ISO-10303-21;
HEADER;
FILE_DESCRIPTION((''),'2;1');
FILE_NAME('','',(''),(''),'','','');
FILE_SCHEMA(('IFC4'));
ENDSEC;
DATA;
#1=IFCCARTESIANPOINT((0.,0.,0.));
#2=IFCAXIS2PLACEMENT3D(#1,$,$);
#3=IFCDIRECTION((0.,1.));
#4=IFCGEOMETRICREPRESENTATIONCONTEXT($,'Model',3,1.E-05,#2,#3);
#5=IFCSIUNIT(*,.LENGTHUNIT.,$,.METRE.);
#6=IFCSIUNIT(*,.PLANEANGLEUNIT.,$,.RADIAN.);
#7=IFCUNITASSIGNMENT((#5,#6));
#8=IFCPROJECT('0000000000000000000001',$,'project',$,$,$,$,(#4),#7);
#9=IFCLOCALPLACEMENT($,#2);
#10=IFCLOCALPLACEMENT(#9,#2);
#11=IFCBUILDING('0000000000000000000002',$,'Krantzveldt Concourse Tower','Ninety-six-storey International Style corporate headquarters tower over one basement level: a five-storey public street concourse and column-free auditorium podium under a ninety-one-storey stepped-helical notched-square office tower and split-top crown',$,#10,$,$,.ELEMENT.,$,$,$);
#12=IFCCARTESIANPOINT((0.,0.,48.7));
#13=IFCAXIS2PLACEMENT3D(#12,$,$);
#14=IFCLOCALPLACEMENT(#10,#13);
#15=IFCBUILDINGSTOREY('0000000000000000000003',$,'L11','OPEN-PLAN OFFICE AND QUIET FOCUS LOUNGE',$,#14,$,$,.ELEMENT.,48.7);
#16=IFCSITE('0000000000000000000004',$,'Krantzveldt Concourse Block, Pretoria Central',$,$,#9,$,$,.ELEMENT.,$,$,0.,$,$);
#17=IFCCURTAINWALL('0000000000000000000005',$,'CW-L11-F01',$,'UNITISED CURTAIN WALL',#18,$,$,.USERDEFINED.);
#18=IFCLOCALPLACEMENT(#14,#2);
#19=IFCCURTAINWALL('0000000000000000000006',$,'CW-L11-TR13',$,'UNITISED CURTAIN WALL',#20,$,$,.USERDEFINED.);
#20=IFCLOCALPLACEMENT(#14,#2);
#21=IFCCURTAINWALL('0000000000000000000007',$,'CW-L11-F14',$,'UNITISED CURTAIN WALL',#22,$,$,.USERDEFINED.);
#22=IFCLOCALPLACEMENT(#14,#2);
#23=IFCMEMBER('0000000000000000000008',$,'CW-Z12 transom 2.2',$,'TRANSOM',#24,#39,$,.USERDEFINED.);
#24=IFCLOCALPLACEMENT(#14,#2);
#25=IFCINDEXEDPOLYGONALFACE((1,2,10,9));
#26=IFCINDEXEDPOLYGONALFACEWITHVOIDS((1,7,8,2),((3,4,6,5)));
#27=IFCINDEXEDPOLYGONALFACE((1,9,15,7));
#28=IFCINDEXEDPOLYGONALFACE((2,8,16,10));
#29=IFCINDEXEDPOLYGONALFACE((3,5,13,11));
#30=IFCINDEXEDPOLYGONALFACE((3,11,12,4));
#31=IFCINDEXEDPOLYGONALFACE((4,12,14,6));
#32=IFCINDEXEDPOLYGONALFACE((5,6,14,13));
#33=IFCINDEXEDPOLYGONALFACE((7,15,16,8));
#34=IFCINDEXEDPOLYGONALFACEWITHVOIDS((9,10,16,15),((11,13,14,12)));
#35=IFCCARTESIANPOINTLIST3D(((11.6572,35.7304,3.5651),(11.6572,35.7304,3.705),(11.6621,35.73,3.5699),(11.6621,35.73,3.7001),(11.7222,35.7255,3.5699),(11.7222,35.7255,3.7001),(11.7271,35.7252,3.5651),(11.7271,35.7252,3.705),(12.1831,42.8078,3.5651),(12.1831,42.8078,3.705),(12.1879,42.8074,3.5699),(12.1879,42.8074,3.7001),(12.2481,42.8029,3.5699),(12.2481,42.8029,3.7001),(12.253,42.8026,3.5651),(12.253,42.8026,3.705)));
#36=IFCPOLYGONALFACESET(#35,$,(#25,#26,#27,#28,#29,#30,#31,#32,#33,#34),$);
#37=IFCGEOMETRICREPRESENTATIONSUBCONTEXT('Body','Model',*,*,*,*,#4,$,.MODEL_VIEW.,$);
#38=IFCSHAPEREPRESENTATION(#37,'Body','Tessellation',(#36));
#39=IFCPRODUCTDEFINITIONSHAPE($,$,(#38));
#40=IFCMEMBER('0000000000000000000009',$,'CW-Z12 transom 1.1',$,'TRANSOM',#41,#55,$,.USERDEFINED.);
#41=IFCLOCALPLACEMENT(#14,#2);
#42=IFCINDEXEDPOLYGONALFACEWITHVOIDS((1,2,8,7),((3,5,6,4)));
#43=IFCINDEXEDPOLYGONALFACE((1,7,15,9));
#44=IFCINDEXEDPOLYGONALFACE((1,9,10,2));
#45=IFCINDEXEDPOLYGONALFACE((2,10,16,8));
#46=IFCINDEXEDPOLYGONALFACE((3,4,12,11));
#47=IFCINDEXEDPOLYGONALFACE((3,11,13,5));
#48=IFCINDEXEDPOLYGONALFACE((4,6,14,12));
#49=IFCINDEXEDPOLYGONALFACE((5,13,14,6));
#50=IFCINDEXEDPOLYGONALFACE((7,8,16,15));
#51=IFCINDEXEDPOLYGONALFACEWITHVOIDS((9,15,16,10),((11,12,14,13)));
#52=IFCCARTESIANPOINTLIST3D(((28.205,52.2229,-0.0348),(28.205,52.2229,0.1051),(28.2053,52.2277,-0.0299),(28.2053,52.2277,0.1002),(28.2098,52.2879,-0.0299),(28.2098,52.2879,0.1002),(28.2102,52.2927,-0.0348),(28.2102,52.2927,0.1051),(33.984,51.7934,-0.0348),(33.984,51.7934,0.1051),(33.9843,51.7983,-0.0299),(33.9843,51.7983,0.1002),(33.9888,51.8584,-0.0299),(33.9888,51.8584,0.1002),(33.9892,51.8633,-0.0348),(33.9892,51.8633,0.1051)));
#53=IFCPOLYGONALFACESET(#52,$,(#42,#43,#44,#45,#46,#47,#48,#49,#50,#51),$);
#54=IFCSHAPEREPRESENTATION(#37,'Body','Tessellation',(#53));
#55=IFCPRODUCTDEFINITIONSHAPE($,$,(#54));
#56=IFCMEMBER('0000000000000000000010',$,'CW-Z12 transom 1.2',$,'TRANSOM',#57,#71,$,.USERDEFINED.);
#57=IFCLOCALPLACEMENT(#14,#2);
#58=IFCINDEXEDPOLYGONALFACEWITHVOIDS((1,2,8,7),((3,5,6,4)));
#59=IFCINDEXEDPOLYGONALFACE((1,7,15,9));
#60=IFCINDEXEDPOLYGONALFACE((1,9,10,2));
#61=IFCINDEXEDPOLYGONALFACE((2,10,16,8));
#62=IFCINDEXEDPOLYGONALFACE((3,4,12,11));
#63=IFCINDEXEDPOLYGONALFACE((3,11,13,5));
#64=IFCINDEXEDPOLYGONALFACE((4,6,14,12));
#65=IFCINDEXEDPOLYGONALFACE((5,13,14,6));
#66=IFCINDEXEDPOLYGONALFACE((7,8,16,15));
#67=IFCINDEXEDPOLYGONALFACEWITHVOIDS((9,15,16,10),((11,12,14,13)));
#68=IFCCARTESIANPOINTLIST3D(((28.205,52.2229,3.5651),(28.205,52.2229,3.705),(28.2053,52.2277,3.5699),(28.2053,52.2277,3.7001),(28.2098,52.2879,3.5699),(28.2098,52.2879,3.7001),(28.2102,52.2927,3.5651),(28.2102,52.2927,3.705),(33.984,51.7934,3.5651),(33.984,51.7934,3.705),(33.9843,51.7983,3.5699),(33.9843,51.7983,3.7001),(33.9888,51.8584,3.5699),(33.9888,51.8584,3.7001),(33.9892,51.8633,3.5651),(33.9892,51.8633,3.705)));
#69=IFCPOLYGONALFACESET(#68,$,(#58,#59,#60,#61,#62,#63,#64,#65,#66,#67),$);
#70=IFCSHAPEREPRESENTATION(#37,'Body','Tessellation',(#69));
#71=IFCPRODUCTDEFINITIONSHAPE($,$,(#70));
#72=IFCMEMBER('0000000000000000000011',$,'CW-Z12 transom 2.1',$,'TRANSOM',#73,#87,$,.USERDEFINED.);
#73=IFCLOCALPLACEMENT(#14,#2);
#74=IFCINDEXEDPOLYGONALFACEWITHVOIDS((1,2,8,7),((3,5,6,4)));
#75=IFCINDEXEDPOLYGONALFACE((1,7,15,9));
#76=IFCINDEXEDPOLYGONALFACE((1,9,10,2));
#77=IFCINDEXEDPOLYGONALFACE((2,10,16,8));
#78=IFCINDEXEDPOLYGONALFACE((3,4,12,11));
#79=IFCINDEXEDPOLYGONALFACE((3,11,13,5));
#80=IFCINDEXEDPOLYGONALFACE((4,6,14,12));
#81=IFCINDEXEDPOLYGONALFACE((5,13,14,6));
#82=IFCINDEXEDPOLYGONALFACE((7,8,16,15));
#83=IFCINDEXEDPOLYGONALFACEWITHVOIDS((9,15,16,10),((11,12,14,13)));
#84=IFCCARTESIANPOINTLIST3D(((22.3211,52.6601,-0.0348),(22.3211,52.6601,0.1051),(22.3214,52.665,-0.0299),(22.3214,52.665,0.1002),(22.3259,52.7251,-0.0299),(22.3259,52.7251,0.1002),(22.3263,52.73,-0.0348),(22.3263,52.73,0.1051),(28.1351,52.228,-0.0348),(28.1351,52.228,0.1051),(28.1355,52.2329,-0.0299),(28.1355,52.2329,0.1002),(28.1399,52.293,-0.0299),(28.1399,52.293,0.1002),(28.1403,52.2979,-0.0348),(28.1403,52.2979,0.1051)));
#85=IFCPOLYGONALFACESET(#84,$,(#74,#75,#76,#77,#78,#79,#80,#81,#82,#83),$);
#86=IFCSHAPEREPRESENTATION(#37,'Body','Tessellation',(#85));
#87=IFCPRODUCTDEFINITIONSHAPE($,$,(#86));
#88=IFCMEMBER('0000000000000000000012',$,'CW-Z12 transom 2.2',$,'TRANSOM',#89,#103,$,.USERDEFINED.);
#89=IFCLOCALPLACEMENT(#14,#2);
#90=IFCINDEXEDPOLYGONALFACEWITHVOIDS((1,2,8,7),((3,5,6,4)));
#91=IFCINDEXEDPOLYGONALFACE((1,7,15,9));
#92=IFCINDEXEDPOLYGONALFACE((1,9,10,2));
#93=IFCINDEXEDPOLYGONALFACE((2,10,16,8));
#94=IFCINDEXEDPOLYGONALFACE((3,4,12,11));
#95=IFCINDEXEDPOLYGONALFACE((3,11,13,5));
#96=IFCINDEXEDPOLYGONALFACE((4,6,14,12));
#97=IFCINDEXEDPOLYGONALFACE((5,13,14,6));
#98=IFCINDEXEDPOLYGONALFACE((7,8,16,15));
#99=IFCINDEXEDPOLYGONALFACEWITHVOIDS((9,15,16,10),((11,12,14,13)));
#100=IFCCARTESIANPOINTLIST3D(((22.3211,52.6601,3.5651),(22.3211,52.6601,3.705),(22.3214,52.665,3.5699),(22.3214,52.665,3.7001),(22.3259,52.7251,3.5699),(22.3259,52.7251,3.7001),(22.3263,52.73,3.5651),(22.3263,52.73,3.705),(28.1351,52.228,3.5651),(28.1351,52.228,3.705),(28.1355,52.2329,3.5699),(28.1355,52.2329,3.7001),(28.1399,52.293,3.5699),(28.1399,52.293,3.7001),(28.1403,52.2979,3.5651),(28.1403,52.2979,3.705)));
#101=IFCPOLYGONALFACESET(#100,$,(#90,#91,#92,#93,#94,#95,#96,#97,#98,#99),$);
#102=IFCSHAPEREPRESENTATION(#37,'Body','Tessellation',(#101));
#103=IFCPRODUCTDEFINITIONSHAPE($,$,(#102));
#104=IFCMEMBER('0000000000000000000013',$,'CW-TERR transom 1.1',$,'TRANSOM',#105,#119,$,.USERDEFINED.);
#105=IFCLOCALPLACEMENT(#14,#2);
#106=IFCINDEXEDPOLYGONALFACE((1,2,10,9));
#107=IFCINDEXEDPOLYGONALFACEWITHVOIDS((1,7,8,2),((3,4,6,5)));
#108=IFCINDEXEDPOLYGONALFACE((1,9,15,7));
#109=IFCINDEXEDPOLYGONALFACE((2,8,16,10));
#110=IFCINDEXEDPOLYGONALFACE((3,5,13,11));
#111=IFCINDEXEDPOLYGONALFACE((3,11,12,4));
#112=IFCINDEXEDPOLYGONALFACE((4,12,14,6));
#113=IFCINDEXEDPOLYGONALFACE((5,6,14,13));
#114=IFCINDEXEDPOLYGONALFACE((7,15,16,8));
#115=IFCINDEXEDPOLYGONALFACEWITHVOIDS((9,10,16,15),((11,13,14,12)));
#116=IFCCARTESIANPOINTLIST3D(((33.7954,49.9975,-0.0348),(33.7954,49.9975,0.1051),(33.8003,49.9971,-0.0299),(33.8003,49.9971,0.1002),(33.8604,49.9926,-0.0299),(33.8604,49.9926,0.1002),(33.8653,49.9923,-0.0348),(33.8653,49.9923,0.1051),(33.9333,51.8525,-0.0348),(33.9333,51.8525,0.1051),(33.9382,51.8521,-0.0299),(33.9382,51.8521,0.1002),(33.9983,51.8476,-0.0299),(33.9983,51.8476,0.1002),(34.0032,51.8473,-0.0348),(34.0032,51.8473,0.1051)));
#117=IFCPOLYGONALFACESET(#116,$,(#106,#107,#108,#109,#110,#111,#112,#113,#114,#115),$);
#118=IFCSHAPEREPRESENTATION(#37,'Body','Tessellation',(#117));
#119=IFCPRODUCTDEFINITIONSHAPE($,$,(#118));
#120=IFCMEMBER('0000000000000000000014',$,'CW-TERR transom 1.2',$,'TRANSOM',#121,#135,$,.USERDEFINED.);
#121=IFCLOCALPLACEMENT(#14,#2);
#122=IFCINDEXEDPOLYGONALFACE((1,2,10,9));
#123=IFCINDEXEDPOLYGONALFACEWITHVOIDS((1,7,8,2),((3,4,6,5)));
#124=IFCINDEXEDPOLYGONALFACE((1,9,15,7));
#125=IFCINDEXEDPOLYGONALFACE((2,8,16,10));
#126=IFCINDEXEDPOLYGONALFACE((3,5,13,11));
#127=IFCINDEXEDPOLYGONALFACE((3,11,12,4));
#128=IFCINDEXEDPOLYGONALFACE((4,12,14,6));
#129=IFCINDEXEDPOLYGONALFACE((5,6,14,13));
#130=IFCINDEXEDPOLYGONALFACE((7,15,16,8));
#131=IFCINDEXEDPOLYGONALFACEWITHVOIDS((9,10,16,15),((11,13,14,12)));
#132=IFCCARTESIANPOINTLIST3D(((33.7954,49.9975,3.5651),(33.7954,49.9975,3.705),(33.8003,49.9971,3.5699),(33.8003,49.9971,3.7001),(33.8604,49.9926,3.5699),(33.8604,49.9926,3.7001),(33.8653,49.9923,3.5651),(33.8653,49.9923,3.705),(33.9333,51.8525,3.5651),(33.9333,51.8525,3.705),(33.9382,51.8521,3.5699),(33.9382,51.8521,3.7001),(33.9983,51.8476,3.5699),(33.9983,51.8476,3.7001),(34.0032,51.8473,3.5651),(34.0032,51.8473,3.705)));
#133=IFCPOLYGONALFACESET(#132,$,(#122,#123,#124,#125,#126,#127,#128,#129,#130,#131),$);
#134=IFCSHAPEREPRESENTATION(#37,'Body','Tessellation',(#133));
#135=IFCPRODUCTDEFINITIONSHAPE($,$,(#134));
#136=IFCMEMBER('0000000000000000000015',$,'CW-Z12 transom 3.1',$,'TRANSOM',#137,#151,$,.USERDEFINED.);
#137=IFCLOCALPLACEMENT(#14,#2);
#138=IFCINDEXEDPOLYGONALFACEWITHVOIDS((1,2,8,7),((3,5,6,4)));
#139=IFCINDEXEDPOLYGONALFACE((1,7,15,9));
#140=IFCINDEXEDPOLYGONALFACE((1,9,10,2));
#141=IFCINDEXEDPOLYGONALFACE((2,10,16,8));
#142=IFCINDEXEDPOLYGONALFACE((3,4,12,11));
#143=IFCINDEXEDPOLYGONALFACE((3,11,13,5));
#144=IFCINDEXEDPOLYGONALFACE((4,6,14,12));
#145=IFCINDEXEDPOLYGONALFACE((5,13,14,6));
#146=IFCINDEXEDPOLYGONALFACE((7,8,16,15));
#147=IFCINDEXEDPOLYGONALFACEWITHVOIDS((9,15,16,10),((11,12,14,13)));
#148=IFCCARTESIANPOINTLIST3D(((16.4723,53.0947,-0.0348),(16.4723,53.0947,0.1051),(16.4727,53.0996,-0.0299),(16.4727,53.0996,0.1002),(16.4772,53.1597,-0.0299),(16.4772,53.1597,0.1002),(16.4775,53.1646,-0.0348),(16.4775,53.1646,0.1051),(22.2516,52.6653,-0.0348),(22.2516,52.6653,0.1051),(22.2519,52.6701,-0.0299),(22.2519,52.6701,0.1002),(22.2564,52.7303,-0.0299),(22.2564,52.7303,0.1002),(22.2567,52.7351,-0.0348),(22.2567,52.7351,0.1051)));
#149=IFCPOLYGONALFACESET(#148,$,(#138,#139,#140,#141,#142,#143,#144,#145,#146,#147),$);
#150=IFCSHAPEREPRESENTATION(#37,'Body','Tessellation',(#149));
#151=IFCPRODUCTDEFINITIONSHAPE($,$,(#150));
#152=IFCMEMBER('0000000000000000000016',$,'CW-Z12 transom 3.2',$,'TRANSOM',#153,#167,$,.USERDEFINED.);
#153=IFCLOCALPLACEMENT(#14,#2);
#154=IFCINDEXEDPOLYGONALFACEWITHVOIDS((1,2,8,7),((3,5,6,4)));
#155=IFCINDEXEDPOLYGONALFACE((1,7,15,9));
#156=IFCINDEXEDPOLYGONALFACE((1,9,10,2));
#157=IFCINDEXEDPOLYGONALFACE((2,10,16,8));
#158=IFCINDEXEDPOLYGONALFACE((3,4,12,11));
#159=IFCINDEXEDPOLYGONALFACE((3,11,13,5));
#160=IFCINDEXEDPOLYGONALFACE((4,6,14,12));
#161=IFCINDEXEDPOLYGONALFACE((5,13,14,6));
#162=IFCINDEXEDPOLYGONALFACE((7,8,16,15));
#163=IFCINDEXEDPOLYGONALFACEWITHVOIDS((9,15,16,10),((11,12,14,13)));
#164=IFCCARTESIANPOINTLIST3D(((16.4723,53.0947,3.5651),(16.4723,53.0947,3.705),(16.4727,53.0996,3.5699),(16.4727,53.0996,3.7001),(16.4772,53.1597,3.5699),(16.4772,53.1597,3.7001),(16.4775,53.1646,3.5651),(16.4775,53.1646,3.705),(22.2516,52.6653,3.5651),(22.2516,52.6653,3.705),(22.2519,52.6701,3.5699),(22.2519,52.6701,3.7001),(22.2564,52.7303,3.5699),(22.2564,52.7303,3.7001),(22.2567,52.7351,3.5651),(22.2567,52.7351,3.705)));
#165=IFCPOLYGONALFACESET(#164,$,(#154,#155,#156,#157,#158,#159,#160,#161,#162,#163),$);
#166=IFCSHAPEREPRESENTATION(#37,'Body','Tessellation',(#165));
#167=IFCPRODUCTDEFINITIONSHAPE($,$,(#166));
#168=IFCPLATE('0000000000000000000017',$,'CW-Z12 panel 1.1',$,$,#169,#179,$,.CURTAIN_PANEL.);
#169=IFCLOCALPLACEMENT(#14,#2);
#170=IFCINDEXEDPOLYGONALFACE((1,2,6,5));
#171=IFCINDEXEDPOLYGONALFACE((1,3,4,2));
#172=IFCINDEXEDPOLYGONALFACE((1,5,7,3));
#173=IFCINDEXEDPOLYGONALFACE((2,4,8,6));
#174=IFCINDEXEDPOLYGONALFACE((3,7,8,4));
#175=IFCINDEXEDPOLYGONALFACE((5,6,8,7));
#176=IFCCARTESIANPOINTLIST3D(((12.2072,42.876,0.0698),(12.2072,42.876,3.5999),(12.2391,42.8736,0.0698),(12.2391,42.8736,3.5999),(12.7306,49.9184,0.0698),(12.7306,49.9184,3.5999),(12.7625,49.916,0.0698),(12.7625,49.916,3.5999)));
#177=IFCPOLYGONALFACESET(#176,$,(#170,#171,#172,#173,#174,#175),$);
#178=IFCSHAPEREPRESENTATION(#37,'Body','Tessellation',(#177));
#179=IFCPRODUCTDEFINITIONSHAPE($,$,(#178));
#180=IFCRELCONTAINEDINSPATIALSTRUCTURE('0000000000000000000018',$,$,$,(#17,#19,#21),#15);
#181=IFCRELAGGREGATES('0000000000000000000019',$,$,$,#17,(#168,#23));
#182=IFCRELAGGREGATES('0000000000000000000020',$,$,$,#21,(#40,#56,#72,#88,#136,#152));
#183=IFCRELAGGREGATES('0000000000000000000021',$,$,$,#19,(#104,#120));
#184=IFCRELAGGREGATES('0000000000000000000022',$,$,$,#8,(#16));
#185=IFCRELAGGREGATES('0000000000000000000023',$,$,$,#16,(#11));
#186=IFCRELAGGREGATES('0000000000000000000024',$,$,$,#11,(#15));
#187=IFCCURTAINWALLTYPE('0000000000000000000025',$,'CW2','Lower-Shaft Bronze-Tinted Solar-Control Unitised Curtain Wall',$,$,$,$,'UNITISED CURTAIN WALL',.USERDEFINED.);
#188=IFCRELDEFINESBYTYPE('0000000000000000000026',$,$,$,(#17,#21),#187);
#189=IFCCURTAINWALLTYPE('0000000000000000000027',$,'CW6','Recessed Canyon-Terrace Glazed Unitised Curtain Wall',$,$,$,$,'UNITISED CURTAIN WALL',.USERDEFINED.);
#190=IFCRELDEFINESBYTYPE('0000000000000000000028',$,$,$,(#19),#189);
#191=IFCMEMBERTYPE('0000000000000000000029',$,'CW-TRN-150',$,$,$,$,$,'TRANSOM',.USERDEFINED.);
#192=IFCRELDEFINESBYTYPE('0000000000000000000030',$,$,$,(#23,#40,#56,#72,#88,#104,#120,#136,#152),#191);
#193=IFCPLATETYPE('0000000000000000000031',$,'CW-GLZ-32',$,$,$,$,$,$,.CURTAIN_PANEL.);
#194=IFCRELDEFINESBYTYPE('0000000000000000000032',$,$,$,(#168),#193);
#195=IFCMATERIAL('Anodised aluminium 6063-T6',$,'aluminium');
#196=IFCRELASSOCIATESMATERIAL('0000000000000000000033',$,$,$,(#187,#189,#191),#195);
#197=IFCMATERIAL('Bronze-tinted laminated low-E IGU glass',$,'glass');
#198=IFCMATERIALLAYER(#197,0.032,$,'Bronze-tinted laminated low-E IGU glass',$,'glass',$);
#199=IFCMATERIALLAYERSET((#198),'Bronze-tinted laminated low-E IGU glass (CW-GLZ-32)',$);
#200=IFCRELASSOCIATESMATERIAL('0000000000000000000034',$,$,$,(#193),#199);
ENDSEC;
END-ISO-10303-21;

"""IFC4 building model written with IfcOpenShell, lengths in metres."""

from ifc_helpers import new_model, si_unit, direction, frame, origin, origin_2d, place, context, subcontext, project, spatial, rectangle, hollow_rectangle, extrude, source, transform, mapped, material, layer, layer_set, material_profile, profile_set, type_object, element, aggregate, save


model = new_model("IFC4")

# Units and contexts
model_context = context("Model", 3, precision=1e-05, world=origin(), true_north=direction((0.0, 1.0)))
body_context = subcontext(model_context, "Body", "Model", "MODEL_VIEW")
ifc_project = project(units=[si_unit("LENGTHUNIT", "METRE"), si_unit("PLANEANGLEUNIT", "RADIAN")], contexts=[model_context])

# Site, building, storey
site_placement = place(None, origin())
site = spatial("IfcSite", under=ifc_project, at=site_placement, Name="Krantzveldt Concourse Block, Pretoria Central", CompositionType="ELEMENT", RefElevation=0.0)
building_placement = place(site_placement, origin())
building = spatial("IfcBuilding", under=site, at=building_placement, Name="Krantzveldt Concourse Tower", Description="Ninety-six-storey International Style corporate headquarters tower over one basement level: a five-storey public street concourse and column-free auditorium podium under a ninety-one-storey stepped-helical notched-square office tower and split-top crown", CompositionType="ELEMENT")
storey_placement = place(building_placement, frame((0.0, 0.0, 48.7)))
storey = spatial("IfcBuildingStorey", under=building, at=storey_placement, Name="L11", Description="OPEN-PLAN OFFICE AND QUIET FOCUS LOUNGE", CompositionType="ELEMENT", Elevation=48.7)

# Curtain walls
ifc_material_1 = material(Name="Anodised aluminium 6063-T6", Category="aluminium")
curtain_wall_type_1 = type_object("IfcCurtainWallType", Name="CW2", Description="Lower-Shaft Bronze-Tinted Solar-Control Unitised Curtain Wall", ElementType="UNITISED CURTAIN WALL", PredefinedType="USERDEFINED", material=ifc_material_1)
curtain_wall_1_placement = place(storey_placement, origin())
curtain_wall_1 = element("IfcCurtainWall", 1, at=curtain_wall_1_placement, inside=storey, type_object=curtain_wall_type_1, Name="CW-L11-F01", ObjectType="UNITISED CURTAIN WALL", PredefinedType="USERDEFINED")
ifc_material_profile_1 = material_profile(ifc_material_1, hollow_rectangle(XDim=0.0701, YDim=0.1399, WallThickness=0.0049, at=origin_2d()), Name="Anodised aluminium 6063-T6", Category="aluminium")
ifc_profile_set_1 = profile_set([ifc_material_profile_1], Name="Anodised aluminium 6063-T6 - ALU-TRAN 140x70x5")
member_type_1 = type_object("IfcMemberType", Name="CW-TRN-150", ElementType="TRANSOM", PredefinedType="USERDEFINED", material=ifc_profile_set_1)
curtain_wall_type_2 = type_object("IfcCurtainWallType", Name="CW6", Description="Recessed Canyon-Terrace Glazed Unitised Curtain Wall", ElementType="UNITISED CURTAIN WALL", PredefinedType="USERDEFINED", material=ifc_material_1)
curtain_wall_2_placement = place(storey_placement, origin())
curtain_wall_2 = element("IfcCurtainWall", 2, at=curtain_wall_2_placement, inside=storey, type_object=curtain_wall_type_2, Name="CW-L11-TR13", ObjectType="UNITISED CURTAIN WALL", PredefinedType="USERDEFINED")
curtain_wall_3_placement = place(storey_placement, origin())
curtain_wall_3 = element("IfcCurtainWall", 3, at=curtain_wall_3_placement, inside=storey, type_object=curtain_wall_type_1, Name="CW-L11-F14", ObjectType="UNITISED CURTAIN WALL", PredefinedType="USERDEFINED")

# Members
shared_shape_1 = source(origin(), body_context, "Body", "SweptSolid", [
    extrude(hollow_rectangle(XDim=0.0701, YDim=0.1399, WallThickness=0.0049, at=origin_2d()), origin(), (0.0, 0.0, 1.0), 7.0969),
])
member_1_placement = place(storey_placement, frame((12.218, 42.8052, 3.635), z_axis=(-0.0741, -0.997251, 0.0), x_axis=(0.997251, -0.0741, 0.0)))
member_1 = element("IfcMember", 4, at=member_1_placement, type_object=member_type_1, Name="CW-Z12 transom 2.2", ObjectType="TRANSOM", PredefinedType="USERDEFINED", context=body_context, shape_type="MappedRepresentation", body=[
    mapped(shared_shape_1, transform((0.0, 0.0, 0.0), x_axis=(1.0, 0.0, 0.0), y_axis=(0.0, 1.0, 0.0), z_axis=(0.0, 0.0, 1.0), scale=1.0)),
])
shared_shape_2 = source(origin(), body_context, "Body", "SweptSolid", [
    extrude(hollow_rectangle(XDim=0.0701, YDim=0.1399, WallThickness=0.0049, at=origin_2d()), origin(), (0.0, 0.0, 1.0), 5.7949),
])
member_2_placement = place(storey_placement, frame((33.9866, 51.8284, 0.0352), z_axis=(-0.99725, 0.074106, 0.0), x_axis=(-0.074106, -0.99725, 0.0)))
member_2 = element("IfcMember", 5, at=member_2_placement, type_object=member_type_1, Name="CW-Z12 transom 1.1", ObjectType="TRANSOM", PredefinedType="USERDEFINED", context=body_context, shape_type="MappedRepresentation", body=[
    mapped(shared_shape_2, transform((0.0, 0.0, 0.0), x_axis=(1.0, 0.0, 0.0), y_axis=(0.0, 1.0, 0.0), z_axis=(0.0, 0.0, 1.0), scale=1.0)),
])
member_3_placement = place(storey_placement, frame((33.9866, 51.8284, 3.635), z_axis=(-0.99725, 0.074106, 0.0), x_axis=(-0.074106, -0.99725, 0.0)))
member_3 = element("IfcMember", 6, at=member_3_placement, type_object=member_type_1, Name="CW-Z12 transom 1.2", ObjectType="TRANSOM", PredefinedType="USERDEFINED", context=body_context, shape_type="MappedRepresentation", body=[
    mapped(shared_shape_2, transform((0.0, 0.0, 0.0), x_axis=(1.0, 0.0, 0.0), y_axis=(0.0, 1.0, 0.0), z_axis=(0.0, 0.0, 1.0), scale=1.0)),
])
shared_shape_3 = source(origin(), body_context, "Body", "SweptSolid", [
    extrude(hollow_rectangle(XDim=0.0701, YDim=0.1399, WallThickness=0.0049, at=origin_2d()), origin(), (0.0, 0.0, 1.0), 5.8301),
])
member_4_placement = place(storey_placement, frame((28.1377, 52.2629, 0.0352), z_axis=(-0.997249, 0.074122, 0.0), x_axis=(-0.074122, -0.997249, 0.0)))
member_4 = element("IfcMember", 7, at=member_4_placement, type_object=member_type_1, Name="CW-Z12 transom 2.1", ObjectType="TRANSOM", PredefinedType="USERDEFINED", context=body_context, shape_type="MappedRepresentation", body=[
    mapped(shared_shape_3, transform((0.0, 0.0, 0.0), x_axis=(1.0, 0.0, 0.0), y_axis=(0.0, 1.0, 0.0), z_axis=(0.0, 0.0, 1.0), scale=1.0)),
])
member_5_placement = place(storey_placement, frame((28.1377, 52.2629, 3.635), z_axis=(-0.997249, 0.074122, 0.0), x_axis=(-0.074122, -0.997249, 0.0)))
member_5 = element("IfcMember", 8, at=member_5_placement, type_object=member_type_1, Name="CW-Z12 transom 2.2", ObjectType="TRANSOM", PredefinedType="USERDEFINED", context=body_context, shape_type="MappedRepresentation", body=[
    mapped(shared_shape_3, transform((0.0, 0.0, 0.0), x_axis=(1.0, 0.0, 0.0), y_axis=(0.0, 1.0, 0.0), z_axis=(0.0, 0.0, 1.0), scale=1.0)),
])
shared_shape_4 = source(origin(), body_context, "Body", "SweptSolid", [
    extrude(hollow_rectangle(XDim=0.0701, YDim=0.1399, WallThickness=0.0049, at=origin_2d()), origin(), (0.0, 0.0, 1.0), 1.8601),
])
member_6_placement = place(storey_placement, frame((33.8303, 49.9949, 0.0352), z_axis=(0.074157, 0.997247, 0.0), x_axis=(-0.997247, 0.074157, 0.0)))
member_6 = element("IfcMember", 9, at=member_6_placement, type_object=member_type_1, Name="CW-TERR transom 1.1", ObjectType="TRANSOM", PredefinedType="USERDEFINED", context=body_context, shape_type="MappedRepresentation", body=[
    mapped(shared_shape_4, transform((0.0, 0.0, 0.0), x_axis=(1.0, 0.0, 0.0), y_axis=(0.0, 1.0, 0.0), z_axis=(0.0, 0.0, 1.0), scale=1.0)),
])
member_7_placement = place(storey_placement, frame((33.8303, 49.9949, 3.635), z_axis=(0.074157, 0.997247, 0.0), x_axis=(-0.997247, 0.074157, 0.0)))
member_7 = element("IfcMember", 10, at=member_7_placement, type_object=member_type_1, Name="CW-TERR transom 1.2", ObjectType="TRANSOM", PredefinedType="USERDEFINED", context=body_context, shape_type="MappedRepresentation", body=[
    mapped(shared_shape_4, transform((0.0, 0.0, 0.0), x_axis=(1.0, 0.0, 0.0), y_axis=(0.0, 1.0, 0.0), z_axis=(0.0, 0.0, 1.0), scale=1.0)),
])
shared_shape_5 = source(origin(), body_context, "Body", "SweptSolid", [
    extrude(hollow_rectangle(XDim=0.0701, YDim=0.1399, WallThickness=0.0049, at=origin_2d()), origin(), (0.0, 0.0, 1.0), 5.7952),
])
member_8_placement = place(storey_placement, frame((22.2542, 52.7002, 0.0352), z_axis=(-0.997251, 0.074103, 0.0), x_axis=(-0.074103, -0.997251, 0.0)))
member_8 = element("IfcMember", 11, at=member_8_placement, type_object=member_type_1, Name="CW-Z12 transom 3.1", ObjectType="TRANSOM", PredefinedType="USERDEFINED", context=body_context, shape_type="MappedRepresentation", body=[
    mapped(shared_shape_5, transform((0.0, 0.0, 0.0), x_axis=(1.0, 0.0, 0.0), y_axis=(0.0, 1.0, 0.0), z_axis=(0.0, 0.0, 1.0), scale=1.0)),
])
member_9_placement = place(storey_placement, frame((22.2542, 52.7002, 3.635), z_axis=(-0.997251, 0.074103, 0.0), x_axis=(-0.074103, -0.997251, 0.0)))
member_9 = element("IfcMember", 12, at=member_9_placement, type_object=member_type_1, Name="CW-Z12 transom 3.2", ObjectType="TRANSOM", PredefinedType="USERDEFINED", context=body_context, shape_type="MappedRepresentation", body=[
    mapped(shared_shape_5, transform((0.0, 0.0, 0.0), x_axis=(1.0, 0.0, 0.0), y_axis=(0.0, 1.0, 0.0), z_axis=(0.0, 0.0, 1.0), scale=1.0)),
])

# Plate
ifc_material_2 = material(Name="Bronze-tinted laminated low-E IGU glass", Category="glass")
ifc_layer_1 = layer(ifc_material_2, 0.032, Name="Bronze-tinted laminated low-E IGU glass", Category="glass")
ifc_layer_set_1 = layer_set([ifc_layer_1], Name="Bronze-tinted laminated low-E IGU glass (CW-GLZ-32)")
plate_type = type_object("IfcPlateType", Name="CW-GLZ-32", PredefinedType="CURTAIN_PANEL", material=ifc_layer_set_1)
shared_shape_6 = source(origin(), body_context, "Body", "SweptSolid", [
    extrude(rectangle(XDim=7.0618, YDim=0.032, at=origin_2d()), origin(), (0.0, 0.0, 1.0), 3.53),
])
plate_1_placement = place(storey_placement, frame((12.4849, 46.396, 0.0698), z_axis=(0.0, 0.0, 1.0), x_axis=(-0.074109, -0.99725, 0.0)))
plate_1 = element("IfcPlate", 13, at=plate_1_placement, type_object=plate_type, Name="CW-Z12 panel 1.1", PredefinedType="CURTAIN_PANEL", context=body_context, shape_type="MappedRepresentation", body=[
    mapped(shared_shape_6, transform((0.0, 0.0, 0.0), x_axis=(1.0, 0.0, 0.0), y_axis=(0.0, 1.0, 0.0), z_axis=(0.0, 0.0, 1.0), scale=1.0)),
])
aggregate(curtain_wall_1, [plate_1, member_1])
aggregate(curtain_wall_3, [member_2, member_3, member_4, member_5, member_8, member_9])
aggregate(curtain_wall_2, [member_6, member_7])

save(model, "model.ifc")
